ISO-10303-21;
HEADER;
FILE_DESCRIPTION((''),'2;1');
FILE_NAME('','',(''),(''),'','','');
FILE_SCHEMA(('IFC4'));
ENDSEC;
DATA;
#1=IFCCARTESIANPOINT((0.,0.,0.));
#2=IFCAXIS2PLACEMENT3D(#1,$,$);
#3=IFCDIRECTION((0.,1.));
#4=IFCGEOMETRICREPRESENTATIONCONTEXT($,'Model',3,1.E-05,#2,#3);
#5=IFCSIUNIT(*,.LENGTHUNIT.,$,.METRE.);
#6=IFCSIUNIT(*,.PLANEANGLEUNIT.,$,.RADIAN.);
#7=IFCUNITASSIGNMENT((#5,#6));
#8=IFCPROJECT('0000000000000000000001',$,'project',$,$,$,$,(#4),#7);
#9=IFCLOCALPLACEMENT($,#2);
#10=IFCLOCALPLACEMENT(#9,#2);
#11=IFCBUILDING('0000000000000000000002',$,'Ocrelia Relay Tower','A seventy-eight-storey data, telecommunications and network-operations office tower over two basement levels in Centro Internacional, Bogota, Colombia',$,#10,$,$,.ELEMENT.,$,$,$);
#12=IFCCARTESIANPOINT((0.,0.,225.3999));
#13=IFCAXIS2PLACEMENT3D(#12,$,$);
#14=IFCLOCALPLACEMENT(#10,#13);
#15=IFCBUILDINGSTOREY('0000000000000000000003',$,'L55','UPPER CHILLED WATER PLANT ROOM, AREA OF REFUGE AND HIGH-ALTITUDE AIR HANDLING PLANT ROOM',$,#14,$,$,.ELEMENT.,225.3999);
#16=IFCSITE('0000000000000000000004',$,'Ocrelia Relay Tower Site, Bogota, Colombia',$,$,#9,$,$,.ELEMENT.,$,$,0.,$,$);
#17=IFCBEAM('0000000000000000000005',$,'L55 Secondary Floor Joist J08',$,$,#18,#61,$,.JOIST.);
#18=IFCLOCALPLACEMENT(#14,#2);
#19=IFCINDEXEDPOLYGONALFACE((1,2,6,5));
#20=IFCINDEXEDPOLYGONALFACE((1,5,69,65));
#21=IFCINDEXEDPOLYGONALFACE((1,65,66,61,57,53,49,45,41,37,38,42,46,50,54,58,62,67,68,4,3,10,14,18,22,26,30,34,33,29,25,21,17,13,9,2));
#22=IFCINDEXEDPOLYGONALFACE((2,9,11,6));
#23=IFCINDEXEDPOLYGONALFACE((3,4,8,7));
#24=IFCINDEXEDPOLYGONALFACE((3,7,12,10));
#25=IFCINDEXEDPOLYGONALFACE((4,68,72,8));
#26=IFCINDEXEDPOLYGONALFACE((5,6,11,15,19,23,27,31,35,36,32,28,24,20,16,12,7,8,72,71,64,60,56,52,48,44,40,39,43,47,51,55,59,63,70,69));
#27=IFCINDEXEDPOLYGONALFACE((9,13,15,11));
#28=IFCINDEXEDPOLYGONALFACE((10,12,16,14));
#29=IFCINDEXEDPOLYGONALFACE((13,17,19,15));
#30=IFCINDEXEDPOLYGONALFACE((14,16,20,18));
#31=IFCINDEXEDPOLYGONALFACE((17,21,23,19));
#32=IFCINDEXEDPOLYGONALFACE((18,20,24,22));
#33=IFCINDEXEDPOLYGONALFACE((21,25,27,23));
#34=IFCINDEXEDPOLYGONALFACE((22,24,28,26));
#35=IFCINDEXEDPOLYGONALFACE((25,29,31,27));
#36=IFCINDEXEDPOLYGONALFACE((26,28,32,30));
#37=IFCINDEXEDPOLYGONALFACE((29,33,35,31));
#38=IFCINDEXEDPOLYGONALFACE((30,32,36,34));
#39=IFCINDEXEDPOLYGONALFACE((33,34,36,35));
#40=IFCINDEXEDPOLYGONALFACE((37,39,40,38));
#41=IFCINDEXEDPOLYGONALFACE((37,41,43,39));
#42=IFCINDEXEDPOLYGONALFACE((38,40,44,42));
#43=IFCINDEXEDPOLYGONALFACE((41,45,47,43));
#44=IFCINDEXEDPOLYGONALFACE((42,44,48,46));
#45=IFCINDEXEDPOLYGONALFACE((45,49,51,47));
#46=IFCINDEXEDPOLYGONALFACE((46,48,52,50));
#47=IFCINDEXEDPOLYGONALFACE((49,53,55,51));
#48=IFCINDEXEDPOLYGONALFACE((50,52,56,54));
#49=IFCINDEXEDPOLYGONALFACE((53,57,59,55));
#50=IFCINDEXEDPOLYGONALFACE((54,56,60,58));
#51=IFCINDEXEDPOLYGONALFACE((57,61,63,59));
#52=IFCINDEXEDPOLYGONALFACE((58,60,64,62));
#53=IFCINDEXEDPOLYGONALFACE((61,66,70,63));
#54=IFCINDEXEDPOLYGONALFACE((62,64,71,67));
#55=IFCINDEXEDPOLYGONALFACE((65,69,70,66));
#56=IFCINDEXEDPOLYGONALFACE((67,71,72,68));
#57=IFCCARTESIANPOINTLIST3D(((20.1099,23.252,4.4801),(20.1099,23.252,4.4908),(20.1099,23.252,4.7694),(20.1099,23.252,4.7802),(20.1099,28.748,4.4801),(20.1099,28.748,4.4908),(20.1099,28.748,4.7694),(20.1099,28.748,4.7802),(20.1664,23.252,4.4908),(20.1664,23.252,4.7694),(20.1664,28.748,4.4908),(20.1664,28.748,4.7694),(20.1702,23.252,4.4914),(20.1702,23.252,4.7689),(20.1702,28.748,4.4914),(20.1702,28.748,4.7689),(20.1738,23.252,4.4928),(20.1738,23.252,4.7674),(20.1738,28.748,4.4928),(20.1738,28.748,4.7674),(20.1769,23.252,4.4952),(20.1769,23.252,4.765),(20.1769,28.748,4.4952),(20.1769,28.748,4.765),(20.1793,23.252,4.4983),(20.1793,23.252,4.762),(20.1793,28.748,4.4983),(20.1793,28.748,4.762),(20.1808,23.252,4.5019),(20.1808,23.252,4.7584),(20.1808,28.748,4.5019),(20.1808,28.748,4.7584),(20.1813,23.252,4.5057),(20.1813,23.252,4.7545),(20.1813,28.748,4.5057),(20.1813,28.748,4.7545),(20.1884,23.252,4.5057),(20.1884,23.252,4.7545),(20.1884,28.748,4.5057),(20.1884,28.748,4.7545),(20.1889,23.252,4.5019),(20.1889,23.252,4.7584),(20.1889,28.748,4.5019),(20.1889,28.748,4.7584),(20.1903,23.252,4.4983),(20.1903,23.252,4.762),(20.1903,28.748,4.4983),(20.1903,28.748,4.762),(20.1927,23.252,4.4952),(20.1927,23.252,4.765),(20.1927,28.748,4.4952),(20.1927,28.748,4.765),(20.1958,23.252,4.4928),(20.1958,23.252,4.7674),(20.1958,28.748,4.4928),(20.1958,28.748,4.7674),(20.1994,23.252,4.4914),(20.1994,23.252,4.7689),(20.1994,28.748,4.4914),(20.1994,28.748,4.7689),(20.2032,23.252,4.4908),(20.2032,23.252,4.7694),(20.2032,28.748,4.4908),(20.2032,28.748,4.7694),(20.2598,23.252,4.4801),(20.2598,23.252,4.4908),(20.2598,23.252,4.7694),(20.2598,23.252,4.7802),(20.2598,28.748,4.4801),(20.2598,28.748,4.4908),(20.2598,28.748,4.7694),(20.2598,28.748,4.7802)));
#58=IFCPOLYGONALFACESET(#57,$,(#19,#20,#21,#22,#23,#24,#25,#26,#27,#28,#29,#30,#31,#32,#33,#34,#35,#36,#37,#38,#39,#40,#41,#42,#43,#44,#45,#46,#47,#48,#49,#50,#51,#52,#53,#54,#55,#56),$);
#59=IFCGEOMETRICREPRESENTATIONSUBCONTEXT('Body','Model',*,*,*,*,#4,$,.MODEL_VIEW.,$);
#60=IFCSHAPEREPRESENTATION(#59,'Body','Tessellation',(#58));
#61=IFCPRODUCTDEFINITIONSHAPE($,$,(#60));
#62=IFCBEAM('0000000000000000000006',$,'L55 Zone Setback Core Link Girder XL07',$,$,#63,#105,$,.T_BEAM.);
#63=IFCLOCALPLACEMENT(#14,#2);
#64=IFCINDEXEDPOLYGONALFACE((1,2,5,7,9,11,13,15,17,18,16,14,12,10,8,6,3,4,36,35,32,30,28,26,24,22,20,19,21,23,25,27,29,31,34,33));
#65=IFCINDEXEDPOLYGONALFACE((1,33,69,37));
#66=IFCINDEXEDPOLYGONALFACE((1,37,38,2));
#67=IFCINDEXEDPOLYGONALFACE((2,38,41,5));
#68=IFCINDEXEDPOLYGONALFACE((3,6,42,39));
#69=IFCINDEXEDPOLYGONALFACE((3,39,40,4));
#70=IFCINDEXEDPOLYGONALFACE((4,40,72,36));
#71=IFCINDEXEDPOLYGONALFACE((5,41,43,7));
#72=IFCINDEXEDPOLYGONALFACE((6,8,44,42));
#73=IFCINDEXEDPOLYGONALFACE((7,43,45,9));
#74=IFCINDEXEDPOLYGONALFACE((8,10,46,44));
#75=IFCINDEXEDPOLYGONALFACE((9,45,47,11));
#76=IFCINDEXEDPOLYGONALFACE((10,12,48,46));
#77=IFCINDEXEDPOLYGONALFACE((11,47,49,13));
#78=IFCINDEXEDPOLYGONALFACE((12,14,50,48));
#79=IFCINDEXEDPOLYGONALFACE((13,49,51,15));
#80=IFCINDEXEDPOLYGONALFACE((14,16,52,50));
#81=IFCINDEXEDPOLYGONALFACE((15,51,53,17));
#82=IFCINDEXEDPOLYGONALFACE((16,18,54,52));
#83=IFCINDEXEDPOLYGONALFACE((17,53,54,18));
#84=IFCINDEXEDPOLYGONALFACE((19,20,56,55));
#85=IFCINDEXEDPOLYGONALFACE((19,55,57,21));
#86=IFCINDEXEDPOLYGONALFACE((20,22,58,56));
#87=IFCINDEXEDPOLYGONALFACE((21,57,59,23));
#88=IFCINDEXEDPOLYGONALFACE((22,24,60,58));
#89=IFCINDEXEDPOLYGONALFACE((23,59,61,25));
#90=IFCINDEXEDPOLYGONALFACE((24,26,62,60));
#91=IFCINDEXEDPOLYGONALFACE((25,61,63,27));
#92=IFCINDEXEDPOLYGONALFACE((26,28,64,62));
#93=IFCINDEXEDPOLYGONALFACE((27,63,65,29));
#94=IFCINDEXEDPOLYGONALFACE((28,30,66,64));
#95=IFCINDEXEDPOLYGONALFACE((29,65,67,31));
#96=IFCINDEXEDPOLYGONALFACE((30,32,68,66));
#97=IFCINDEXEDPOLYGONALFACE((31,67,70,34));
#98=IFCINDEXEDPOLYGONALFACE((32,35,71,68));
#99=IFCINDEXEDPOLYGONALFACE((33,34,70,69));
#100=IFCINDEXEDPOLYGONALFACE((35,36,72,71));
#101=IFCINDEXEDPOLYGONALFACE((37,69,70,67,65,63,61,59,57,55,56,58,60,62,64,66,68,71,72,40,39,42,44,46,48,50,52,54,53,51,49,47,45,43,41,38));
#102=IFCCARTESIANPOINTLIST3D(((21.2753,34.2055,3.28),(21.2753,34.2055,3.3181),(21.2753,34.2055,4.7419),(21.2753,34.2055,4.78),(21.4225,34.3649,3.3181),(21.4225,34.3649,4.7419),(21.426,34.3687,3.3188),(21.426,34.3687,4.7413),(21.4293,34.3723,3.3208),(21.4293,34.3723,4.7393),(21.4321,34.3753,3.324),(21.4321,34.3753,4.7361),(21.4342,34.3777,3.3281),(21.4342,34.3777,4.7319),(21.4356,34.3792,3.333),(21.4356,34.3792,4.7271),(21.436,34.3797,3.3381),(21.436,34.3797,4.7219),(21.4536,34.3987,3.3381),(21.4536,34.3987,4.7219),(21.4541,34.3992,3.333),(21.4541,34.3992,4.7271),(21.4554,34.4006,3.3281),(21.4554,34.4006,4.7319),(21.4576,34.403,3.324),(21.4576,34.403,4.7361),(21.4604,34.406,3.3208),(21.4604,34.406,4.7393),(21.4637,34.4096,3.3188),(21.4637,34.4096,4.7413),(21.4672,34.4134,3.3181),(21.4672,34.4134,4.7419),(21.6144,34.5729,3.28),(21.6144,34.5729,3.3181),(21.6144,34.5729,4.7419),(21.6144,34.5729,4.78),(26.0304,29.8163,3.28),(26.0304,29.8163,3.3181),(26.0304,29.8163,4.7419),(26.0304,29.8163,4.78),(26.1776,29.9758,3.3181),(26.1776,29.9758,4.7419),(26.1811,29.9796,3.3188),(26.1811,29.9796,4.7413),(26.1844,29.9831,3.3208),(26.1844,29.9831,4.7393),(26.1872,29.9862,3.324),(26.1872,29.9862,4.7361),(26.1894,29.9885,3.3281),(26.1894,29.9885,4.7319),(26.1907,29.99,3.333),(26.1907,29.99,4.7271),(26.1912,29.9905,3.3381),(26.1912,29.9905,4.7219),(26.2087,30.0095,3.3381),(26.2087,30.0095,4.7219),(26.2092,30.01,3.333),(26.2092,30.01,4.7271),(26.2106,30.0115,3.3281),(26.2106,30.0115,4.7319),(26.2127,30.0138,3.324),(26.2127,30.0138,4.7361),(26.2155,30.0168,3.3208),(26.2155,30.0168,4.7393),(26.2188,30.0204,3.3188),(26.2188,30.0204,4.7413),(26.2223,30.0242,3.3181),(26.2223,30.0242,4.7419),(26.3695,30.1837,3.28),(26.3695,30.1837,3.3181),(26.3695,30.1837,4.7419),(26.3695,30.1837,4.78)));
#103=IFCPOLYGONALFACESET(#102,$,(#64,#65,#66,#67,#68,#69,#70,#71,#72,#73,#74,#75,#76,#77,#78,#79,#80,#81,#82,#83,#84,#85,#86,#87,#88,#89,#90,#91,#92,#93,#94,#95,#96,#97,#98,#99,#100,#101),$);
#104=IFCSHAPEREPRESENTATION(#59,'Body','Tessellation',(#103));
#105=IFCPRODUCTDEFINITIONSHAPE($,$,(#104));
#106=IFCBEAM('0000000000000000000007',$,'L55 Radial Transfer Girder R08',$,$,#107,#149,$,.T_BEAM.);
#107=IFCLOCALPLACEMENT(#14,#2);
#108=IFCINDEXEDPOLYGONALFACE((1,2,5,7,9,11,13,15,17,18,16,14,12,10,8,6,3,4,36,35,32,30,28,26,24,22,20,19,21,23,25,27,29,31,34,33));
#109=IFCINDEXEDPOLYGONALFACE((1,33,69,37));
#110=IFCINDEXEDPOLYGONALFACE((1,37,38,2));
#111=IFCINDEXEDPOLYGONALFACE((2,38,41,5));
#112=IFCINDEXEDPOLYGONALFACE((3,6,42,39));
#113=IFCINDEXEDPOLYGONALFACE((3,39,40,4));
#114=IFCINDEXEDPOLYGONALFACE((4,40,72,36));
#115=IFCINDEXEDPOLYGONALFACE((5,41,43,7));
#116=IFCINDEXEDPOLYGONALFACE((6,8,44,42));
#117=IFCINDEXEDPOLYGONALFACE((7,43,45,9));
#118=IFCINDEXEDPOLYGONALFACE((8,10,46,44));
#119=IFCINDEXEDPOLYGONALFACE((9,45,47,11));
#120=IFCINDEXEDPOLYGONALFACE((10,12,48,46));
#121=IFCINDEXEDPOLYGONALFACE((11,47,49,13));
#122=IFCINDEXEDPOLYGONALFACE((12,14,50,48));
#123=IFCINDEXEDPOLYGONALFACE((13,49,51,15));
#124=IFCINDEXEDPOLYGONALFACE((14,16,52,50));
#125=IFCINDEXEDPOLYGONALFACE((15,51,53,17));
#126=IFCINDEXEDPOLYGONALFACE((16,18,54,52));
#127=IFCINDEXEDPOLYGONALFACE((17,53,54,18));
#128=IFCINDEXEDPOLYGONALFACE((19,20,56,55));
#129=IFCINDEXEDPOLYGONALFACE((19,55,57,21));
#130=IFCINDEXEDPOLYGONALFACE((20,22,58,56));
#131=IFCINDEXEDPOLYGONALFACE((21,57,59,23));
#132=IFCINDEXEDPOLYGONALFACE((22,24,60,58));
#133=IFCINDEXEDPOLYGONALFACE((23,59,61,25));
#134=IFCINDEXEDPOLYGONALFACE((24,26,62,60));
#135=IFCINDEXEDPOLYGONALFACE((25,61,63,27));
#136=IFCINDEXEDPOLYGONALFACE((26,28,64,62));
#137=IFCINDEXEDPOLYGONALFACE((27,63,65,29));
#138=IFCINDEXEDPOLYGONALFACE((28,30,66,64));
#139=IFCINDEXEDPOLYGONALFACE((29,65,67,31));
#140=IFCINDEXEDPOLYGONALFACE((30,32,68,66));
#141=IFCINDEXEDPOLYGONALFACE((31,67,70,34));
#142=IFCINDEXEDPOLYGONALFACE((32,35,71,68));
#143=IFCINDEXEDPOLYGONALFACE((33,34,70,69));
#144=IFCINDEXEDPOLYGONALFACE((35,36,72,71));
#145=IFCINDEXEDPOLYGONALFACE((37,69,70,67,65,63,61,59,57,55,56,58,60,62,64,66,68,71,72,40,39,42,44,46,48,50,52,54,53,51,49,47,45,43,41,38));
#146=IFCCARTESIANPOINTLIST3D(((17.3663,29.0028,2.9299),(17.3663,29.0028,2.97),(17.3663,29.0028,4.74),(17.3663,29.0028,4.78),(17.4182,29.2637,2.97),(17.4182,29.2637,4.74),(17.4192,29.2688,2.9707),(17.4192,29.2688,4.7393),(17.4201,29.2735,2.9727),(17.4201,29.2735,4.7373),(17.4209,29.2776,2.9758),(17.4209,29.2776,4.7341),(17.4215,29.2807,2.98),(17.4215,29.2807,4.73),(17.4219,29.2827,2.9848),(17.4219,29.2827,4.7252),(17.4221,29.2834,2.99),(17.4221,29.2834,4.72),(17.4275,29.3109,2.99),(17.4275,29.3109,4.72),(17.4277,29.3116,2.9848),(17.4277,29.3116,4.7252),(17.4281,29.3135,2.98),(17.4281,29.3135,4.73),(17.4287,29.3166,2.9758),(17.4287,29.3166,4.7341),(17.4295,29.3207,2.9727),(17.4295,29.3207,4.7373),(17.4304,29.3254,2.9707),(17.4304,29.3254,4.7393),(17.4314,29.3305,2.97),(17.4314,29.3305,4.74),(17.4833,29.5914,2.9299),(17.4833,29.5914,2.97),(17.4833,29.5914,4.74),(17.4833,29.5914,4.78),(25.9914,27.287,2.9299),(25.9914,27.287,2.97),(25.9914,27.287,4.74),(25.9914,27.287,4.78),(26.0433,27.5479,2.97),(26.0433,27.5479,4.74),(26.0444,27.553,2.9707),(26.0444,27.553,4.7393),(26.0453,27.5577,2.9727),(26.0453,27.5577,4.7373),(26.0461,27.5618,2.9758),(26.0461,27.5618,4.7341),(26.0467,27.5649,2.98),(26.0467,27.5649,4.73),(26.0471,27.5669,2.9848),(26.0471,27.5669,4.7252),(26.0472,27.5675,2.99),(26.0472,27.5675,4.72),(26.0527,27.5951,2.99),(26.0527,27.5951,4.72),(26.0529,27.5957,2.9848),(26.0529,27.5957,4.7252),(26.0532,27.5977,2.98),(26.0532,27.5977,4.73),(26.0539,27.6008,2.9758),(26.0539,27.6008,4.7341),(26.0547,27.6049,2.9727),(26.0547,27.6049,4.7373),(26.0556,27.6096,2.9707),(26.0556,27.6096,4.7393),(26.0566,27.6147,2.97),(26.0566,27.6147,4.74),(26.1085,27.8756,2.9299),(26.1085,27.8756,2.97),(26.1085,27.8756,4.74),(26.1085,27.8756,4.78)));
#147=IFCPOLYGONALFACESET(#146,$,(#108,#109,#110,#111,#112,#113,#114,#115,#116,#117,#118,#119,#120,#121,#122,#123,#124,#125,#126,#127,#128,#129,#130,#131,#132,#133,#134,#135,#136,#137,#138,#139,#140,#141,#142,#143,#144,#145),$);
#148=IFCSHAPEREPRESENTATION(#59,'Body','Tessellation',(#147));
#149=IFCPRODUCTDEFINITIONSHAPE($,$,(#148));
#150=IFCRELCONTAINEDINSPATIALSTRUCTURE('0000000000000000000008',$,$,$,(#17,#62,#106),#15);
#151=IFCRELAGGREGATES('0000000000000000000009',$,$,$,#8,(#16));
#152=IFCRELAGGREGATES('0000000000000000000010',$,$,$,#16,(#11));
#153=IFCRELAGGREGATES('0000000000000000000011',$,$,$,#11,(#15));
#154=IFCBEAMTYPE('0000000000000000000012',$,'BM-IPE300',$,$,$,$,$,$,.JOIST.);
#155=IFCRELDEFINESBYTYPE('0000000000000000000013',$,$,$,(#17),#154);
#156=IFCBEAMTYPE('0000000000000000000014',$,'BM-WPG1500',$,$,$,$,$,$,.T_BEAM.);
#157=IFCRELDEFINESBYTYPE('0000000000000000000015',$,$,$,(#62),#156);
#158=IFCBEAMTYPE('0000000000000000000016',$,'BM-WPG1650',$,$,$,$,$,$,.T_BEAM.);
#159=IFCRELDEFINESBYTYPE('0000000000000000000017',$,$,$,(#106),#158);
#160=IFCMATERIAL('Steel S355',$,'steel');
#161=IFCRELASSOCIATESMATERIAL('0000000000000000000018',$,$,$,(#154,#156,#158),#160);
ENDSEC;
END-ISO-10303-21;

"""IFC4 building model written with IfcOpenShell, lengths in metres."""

from ifc_helpers import new_model, si_unit, direction, frame, origin, origin_2d, place, context, subcontext, project, spatial, i_section, extrude, material, material_profile, profile_set, type_object, element, save


model = new_model("IFC4")

# Units and contexts
model_context = context("Model", 3, precision=1e-05, world=origin(), true_north=direction((0.0, 1.0)))
body_context = subcontext(model_context, "Body", "Model", "MODEL_VIEW")
ifc_project = project(units=[si_unit("LENGTHUNIT", "METRE"), si_unit("PLANEANGLEUNIT", "RADIAN")], contexts=[model_context])

# Site, building, storey
site_placement = place(None, origin())
site = spatial("IfcSite", under=ifc_project, at=site_placement, Name="Ocrelia Relay Tower Site, Bogota, Colombia", CompositionType="ELEMENT", RefElevation=0.0)
building_placement = place(site_placement, origin())
building = spatial("IfcBuilding", under=site, at=building_placement, Name="Ocrelia Relay Tower", Description="A seventy-eight-storey data, telecommunications and network-operations office tower over two basement levels in Centro Internacional, Bogota, Colombia", CompositionType="ELEMENT")
storey_placement = place(building_placement, frame((0.0, 0.0, 225.3999)))
storey = spatial("IfcBuildingStorey", under=building, at=storey_placement, Name="L55", Description="UPPER CHILLED WATER PLANT ROOM, AREA OF REFUGE AND HIGH-ALTITUDE AIR HANDLING PLANT ROOM", CompositionType="ELEMENT", Elevation=225.3999)

# Beams
ifc_material_1 = material(Name="Steel S355", Category="steel")
ifc_material_profile_1 = material_profile(ifc_material_1, i_section(OverallWidth=0.1499, OverallDepth=0.3, WebThickness=0.0071, FlangeThickness=0.0107, FilletRadius=0.0149, at=origin_2d()), Name="IPE 300")
ifc_profile_set_1 = profile_set([ifc_material_profile_1], Name="Steel S355")
beam_type_1 = type_object("IfcBeamType", Name="BM-IPE300", PredefinedType="JOIST", material=ifc_profile_set_1)
beam_1_placement = place(storey_placement, frame((20.1848, 28.748, 4.6301), z_axis=(0.0, -1.0, 0.0), x_axis=(1.0, 0.0, 0.0)))
element("IfcBeam", 1, at=beam_1_placement, inside=storey, type_object=beam_type_1, Name="L55 Secondary Floor Joist J08", PredefinedType="JOIST", context=body_context, shape_type="SweptSolid", body=[
    extrude(i_section(OverallWidth=0.1499, OverallDepth=0.3, WebThickness=0.0071, FlangeThickness=0.0107, FilletRadius=0.0149, at=origin_2d()), origin(), (0.0, 0.0, 1.0), 5.4961),
])
ifc_material_profile_2 = material_profile(ifc_material_1, i_section(OverallWidth=0.5, OverallDepth=1.5, WebThickness=0.0259, FlangeThickness=0.0381, FilletRadius=0.02, at=origin_2d()), Name="WPG 1500x500")
ifc_profile_set_2 = profile_set([ifc_material_profile_2], Name="Steel S355")
beam_type_2 = type_object("IfcBeamType", Name="BM-WPG1500", PredefinedType="T_BEAM", material=ifc_profile_set_2)
beam_2_placement = place(storey_placement, frame((21.4448, 34.3892, 4.03), z_axis=(0.734818, -0.678264, 0.0), x_axis=(0.678264, 0.734818, 0.0)))
element("IfcBeam", 2, at=beam_2_placement, inside=storey, type_object=beam_type_2, Name="L55 Zone Setback Core Link Girder XL07", PredefinedType="T_BEAM", context=body_context, shape_type="SweptSolid", body=[
    extrude(i_section(OverallWidth=0.5, OverallDepth=1.5, WebThickness=0.0259, FlangeThickness=0.0381, FilletRadius=0.02, at=origin_2d()), origin(), (0.0, 0.0, 1.0), 6.4712),
])
ifc_material_profile_3 = material_profile(ifc_material_1, i_section(OverallWidth=0.6001, OverallDepth=1.8501, WebThickness=0.0281, FlangeThickness=0.04, FilletRadius=0.02, at=origin_2d()), Name="WPG 1850x600")
ifc_profile_set_3 = profile_set([ifc_material_profile_3], Name="Steel S355")
beam_type_3 = type_object("IfcBeamType", Name="BM-WPG1650", PredefinedType="T_BEAM", material=ifc_profile_set_3)
beam_3_placement = place(storey_placement, frame((17.4248, 29.2971, 3.855), z_axis=(0.980782, -0.195107, 0.0), x_axis=(0.195107, 0.980782, 0.0)))
element("IfcBeam", 3, at=beam_3_placement, inside=storey, type_object=beam_type_3, Name="L55 Radial Transfer Girder R08", PredefinedType="T_BEAM", context=body_context, shape_type="SweptSolid", body=[
    extrude(i_section(OverallWidth=0.6001, OverallDepth=1.8501, WebThickness=0.0281, FlangeThickness=0.04, FilletRadius=0.02, at=origin_2d()), origin(), (0.0, 0.0, 1.0), 8.7942),
])

save(model, "model.ifc")
